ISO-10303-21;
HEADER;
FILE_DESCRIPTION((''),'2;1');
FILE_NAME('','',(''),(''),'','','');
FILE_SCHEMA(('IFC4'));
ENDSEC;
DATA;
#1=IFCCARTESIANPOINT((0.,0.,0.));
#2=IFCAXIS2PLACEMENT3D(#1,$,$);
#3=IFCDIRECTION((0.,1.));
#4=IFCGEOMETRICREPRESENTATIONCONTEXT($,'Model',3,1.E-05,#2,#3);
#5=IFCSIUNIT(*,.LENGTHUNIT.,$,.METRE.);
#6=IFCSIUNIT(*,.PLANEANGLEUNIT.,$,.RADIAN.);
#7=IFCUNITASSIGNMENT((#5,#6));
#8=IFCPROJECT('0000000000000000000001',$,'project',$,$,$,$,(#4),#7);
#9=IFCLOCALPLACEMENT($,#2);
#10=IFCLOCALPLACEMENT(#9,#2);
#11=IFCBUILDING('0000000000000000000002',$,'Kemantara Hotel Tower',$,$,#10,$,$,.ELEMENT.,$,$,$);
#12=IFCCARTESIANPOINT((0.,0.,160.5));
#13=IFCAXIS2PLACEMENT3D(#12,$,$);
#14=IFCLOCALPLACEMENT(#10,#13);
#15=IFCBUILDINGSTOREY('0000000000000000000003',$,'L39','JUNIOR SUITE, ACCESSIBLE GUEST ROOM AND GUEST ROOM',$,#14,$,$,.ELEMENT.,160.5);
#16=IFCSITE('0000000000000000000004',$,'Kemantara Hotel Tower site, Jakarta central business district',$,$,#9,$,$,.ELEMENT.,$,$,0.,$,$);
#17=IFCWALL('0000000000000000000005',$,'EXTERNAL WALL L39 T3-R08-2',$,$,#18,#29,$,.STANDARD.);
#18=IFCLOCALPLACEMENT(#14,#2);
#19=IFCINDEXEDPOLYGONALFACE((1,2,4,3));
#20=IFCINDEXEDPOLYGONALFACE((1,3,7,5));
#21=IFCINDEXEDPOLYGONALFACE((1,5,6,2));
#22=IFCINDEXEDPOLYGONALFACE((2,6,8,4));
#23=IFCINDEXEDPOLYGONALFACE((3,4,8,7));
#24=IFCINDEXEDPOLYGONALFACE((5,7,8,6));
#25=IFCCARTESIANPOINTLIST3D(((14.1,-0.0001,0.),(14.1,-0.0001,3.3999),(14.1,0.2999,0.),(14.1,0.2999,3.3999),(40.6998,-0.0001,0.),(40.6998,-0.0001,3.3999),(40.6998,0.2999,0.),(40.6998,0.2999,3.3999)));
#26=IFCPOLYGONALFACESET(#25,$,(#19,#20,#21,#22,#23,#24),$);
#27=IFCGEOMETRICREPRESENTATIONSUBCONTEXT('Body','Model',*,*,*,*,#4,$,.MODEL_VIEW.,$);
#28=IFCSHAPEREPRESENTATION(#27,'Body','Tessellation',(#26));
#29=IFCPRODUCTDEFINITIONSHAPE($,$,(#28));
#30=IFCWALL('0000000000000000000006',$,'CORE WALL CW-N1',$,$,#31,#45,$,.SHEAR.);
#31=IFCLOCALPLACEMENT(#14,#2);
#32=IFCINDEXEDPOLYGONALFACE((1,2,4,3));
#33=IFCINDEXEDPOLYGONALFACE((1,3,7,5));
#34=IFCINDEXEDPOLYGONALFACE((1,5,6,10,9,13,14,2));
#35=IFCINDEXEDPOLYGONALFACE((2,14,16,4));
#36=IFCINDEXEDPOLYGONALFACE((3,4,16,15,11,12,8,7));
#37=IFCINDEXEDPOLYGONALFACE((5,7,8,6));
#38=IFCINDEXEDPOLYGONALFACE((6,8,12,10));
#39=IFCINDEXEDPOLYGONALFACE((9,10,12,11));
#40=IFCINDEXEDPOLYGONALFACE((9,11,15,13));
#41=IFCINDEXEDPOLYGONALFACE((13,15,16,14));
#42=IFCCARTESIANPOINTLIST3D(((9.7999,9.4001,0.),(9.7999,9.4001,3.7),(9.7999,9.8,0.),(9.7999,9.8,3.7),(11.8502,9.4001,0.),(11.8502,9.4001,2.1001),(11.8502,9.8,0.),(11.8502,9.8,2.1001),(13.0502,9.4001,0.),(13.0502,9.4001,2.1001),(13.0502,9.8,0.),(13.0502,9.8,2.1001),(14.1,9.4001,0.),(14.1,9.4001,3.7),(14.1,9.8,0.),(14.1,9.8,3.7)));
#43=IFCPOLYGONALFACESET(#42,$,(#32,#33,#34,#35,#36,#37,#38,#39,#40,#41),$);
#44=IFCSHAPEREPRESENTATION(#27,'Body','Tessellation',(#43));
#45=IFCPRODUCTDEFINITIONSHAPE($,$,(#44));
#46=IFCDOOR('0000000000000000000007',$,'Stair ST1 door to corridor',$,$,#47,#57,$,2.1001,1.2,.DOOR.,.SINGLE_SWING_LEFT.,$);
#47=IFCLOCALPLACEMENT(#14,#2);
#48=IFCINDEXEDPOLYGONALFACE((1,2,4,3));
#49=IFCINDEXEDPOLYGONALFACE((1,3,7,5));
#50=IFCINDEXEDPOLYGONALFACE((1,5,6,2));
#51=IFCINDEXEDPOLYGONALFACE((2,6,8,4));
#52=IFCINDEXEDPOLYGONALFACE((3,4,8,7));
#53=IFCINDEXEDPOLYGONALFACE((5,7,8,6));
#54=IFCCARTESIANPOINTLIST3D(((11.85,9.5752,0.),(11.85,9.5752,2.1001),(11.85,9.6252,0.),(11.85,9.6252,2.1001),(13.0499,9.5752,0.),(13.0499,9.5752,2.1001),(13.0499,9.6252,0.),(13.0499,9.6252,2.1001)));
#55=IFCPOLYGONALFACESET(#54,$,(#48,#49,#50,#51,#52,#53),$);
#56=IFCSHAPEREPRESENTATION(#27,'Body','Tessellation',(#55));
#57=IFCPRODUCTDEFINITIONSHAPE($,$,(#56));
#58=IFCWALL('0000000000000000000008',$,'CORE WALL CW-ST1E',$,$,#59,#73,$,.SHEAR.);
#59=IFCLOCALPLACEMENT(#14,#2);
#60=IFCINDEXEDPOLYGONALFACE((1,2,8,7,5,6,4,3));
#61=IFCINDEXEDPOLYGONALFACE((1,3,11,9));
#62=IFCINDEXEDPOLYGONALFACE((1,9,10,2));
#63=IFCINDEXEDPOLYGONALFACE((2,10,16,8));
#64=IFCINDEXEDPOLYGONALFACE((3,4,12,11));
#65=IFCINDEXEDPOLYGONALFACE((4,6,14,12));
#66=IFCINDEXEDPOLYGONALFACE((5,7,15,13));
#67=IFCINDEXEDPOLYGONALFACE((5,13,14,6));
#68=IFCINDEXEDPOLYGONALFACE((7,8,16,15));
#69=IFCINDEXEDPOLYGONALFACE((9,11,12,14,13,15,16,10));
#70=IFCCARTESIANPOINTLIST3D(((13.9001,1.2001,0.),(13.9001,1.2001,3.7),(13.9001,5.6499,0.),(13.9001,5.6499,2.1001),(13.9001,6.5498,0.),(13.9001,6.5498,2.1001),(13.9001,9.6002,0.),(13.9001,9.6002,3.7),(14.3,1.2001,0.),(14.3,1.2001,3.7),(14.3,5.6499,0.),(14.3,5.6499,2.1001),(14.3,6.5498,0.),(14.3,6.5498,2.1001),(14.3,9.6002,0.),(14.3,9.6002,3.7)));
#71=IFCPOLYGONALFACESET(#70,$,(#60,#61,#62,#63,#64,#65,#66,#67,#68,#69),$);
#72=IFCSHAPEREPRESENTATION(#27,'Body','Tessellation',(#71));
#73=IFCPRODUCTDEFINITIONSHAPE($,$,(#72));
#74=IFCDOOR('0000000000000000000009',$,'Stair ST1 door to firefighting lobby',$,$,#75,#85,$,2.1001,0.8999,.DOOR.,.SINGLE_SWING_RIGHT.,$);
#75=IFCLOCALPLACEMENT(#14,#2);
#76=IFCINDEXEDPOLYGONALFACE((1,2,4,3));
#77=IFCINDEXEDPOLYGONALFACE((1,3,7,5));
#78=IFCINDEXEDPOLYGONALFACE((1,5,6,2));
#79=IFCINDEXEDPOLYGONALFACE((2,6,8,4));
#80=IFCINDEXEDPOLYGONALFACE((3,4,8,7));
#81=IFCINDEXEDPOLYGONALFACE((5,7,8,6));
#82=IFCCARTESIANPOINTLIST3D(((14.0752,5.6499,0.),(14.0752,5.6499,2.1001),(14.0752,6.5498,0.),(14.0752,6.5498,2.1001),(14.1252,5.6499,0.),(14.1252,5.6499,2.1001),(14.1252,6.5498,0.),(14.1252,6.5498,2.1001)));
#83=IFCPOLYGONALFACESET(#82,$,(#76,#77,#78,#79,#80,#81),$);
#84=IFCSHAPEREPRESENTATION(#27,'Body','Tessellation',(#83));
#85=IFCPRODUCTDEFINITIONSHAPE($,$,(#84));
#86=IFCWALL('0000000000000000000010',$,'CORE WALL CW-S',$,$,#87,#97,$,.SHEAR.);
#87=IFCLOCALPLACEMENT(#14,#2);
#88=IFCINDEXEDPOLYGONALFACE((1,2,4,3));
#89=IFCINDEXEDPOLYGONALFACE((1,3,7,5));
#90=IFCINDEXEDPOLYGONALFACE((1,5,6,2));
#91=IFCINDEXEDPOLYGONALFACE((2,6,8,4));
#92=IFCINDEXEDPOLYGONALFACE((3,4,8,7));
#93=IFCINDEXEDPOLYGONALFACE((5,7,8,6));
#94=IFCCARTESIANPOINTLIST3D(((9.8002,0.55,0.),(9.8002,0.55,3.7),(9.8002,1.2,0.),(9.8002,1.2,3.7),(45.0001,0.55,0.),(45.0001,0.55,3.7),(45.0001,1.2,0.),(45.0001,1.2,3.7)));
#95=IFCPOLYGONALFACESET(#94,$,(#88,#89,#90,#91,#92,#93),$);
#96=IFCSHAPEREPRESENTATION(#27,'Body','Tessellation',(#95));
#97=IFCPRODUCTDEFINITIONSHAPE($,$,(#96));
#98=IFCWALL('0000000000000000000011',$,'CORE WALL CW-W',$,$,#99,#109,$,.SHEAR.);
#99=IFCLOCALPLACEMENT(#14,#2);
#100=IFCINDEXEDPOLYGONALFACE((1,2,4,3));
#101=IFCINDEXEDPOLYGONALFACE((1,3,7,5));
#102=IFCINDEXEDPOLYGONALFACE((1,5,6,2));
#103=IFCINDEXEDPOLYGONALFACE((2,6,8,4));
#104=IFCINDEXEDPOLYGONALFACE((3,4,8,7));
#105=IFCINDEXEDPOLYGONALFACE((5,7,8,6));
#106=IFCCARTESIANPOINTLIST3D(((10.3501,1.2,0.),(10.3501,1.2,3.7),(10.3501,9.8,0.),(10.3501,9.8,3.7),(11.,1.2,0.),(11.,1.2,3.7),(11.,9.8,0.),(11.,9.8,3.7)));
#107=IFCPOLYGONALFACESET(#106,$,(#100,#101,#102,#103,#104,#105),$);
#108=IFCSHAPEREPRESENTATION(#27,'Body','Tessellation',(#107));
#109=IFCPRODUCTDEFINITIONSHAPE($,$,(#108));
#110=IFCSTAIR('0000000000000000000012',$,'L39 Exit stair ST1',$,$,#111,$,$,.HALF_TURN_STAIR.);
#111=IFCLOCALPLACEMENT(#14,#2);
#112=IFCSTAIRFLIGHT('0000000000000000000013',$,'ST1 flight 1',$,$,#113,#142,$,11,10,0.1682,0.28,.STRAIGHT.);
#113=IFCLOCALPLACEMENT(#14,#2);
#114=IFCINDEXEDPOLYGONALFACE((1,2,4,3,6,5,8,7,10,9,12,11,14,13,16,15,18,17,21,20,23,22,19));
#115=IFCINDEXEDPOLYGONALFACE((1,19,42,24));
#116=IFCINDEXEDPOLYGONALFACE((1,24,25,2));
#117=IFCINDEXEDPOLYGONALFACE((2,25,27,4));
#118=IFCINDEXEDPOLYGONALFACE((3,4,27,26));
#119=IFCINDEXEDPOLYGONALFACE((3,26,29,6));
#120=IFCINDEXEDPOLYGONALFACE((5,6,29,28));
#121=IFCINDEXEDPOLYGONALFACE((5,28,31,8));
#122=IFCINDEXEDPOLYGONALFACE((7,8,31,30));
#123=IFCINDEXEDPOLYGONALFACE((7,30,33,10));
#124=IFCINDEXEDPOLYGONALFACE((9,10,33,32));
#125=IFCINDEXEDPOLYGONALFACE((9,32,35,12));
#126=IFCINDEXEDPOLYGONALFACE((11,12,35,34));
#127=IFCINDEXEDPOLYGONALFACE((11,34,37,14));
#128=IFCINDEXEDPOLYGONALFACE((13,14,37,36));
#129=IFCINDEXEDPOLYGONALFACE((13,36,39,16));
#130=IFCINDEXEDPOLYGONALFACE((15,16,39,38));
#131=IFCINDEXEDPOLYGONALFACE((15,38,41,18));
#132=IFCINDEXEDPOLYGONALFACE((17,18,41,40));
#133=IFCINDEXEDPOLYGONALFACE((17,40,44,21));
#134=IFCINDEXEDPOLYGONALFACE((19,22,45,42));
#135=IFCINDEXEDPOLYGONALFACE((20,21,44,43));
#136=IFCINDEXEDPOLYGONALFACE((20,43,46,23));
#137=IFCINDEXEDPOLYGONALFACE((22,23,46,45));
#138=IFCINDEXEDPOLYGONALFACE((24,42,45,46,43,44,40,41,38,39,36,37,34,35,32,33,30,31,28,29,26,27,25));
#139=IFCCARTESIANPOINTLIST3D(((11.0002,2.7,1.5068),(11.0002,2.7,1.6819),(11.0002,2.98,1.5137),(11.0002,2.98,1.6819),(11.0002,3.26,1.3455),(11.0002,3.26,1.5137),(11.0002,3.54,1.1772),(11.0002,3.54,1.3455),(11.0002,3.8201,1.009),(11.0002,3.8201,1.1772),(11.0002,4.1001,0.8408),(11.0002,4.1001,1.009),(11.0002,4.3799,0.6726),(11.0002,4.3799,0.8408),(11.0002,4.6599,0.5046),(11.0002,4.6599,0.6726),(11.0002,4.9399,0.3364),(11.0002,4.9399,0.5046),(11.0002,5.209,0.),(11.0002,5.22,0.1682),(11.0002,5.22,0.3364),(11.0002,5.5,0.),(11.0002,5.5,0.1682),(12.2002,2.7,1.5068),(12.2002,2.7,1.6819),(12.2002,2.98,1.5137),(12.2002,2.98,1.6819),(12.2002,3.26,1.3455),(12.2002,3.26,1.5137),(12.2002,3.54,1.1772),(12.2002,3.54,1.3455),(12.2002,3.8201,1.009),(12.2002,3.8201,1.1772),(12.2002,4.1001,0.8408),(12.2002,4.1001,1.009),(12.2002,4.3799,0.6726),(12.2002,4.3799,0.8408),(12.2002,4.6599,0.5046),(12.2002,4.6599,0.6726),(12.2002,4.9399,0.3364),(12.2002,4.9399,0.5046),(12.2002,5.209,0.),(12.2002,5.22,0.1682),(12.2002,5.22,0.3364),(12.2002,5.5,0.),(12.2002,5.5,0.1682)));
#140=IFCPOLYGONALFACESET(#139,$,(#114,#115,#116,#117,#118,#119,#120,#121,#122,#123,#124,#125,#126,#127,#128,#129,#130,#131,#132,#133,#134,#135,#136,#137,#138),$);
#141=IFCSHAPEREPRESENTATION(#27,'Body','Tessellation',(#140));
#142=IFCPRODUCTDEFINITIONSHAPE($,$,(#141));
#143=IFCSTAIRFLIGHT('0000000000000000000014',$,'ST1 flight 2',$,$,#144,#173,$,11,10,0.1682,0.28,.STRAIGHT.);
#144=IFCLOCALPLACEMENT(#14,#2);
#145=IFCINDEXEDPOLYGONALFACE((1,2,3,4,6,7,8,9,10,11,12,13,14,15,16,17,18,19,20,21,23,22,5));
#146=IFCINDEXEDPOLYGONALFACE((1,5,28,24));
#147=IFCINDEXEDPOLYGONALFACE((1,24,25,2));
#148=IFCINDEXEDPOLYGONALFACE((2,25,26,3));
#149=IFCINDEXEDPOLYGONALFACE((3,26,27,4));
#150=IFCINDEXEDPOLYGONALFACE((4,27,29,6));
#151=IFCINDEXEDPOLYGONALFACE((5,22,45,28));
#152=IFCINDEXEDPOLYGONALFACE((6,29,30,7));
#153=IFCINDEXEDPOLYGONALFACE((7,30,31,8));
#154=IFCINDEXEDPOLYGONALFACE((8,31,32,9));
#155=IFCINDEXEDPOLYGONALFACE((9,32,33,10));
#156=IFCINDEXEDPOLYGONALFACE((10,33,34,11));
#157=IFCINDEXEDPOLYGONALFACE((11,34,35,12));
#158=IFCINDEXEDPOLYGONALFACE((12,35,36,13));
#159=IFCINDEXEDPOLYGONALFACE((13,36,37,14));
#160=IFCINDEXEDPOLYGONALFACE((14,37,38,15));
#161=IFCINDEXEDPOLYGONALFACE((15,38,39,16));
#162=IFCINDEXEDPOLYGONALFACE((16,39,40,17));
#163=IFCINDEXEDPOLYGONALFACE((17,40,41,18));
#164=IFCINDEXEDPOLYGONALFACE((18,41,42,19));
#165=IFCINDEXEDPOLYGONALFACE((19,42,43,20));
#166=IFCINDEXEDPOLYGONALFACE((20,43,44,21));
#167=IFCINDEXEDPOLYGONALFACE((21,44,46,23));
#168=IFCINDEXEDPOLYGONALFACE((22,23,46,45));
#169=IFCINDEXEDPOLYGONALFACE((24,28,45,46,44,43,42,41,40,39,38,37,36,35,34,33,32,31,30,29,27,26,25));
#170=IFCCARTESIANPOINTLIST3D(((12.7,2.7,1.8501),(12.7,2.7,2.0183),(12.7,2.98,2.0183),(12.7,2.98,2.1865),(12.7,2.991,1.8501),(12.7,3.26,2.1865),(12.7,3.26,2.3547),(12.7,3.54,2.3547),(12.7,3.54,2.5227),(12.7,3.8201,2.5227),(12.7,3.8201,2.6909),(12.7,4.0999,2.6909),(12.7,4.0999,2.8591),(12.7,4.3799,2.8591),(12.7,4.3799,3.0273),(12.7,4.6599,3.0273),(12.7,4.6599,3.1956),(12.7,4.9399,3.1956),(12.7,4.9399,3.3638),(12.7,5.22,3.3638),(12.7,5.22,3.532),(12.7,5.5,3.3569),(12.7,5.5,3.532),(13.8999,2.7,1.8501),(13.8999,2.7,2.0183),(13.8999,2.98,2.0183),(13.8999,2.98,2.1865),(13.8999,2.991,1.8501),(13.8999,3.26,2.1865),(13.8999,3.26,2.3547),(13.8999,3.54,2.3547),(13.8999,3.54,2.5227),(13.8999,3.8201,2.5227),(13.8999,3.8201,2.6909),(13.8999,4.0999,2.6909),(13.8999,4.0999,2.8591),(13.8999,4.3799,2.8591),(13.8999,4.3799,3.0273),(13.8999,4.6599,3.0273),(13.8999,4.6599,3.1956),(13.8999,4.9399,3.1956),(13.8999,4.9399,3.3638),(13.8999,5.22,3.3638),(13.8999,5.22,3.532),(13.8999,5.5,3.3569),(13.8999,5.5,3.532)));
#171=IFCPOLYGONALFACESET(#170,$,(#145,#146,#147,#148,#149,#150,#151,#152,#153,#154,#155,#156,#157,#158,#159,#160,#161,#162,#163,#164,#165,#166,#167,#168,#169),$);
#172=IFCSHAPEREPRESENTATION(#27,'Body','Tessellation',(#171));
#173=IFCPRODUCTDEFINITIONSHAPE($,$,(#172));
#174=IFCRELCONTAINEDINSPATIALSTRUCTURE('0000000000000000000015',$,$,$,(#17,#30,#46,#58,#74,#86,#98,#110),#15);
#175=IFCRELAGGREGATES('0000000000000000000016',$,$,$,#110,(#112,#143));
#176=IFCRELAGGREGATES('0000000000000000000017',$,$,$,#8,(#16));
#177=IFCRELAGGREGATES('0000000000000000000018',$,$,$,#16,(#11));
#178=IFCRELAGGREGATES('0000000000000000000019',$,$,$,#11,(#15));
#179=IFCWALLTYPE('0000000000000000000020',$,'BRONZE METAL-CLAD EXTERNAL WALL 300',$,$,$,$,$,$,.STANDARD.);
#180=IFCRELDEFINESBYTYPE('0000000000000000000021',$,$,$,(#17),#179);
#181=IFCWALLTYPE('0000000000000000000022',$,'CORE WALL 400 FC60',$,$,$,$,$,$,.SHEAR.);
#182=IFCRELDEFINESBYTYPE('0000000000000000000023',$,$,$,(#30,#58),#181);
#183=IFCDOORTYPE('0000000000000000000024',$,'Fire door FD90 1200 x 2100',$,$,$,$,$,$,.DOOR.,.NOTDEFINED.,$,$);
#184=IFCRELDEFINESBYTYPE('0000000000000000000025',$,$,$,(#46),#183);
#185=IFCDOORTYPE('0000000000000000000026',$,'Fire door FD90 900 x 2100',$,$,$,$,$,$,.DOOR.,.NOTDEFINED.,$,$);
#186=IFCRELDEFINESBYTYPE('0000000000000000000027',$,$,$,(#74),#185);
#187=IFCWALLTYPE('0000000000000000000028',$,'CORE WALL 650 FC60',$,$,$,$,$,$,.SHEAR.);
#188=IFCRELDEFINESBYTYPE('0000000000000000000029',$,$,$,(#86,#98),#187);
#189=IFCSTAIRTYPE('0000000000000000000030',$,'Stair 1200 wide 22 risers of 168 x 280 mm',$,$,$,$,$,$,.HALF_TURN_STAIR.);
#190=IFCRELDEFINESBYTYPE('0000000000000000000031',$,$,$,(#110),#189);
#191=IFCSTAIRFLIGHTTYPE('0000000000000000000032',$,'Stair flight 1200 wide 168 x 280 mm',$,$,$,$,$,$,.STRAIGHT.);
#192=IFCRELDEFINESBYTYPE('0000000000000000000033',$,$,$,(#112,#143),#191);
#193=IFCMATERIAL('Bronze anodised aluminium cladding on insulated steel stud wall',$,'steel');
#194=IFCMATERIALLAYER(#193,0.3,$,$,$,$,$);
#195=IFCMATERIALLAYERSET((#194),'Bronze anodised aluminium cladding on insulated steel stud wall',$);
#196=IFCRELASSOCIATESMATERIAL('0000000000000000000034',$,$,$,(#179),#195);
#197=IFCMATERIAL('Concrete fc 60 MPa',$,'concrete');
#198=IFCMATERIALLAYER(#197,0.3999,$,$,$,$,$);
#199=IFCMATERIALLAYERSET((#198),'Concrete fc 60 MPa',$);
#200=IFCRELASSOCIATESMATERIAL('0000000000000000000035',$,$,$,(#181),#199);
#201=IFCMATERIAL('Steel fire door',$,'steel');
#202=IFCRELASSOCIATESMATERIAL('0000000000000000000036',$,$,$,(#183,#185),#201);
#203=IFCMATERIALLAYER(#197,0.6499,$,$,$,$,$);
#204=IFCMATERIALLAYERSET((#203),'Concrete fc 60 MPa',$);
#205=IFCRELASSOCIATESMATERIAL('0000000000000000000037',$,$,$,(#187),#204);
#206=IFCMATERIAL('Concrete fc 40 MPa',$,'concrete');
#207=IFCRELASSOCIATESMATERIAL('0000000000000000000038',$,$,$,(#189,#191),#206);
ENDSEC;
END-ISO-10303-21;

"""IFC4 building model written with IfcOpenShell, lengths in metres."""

from ifc_helpers import new_model, si_unit, direction, frame, frame_2d, origin, place, context, subcontext, project, spatial, polyline, rectangle, outline, extrude, material, layer, layer_set, type_object, element, fill, aggregate, save


model = new_model("IFC4")

# Units and contexts
model_context = context("Model", 3, precision=1e-05, world=origin(), true_north=direction((0.0, 1.0)))
body_context = subcontext(model_context, "Body", "Model", "MODEL_VIEW")
ifc_project = project(units=[si_unit("LENGTHUNIT", "METRE"), si_unit("PLANEANGLEUNIT", "RADIAN")], contexts=[model_context])

# Site, building, storey
site_placement = place(None, origin())
site = spatial("IfcSite", under=ifc_project, at=site_placement, Name="Kemantara Hotel Tower site, Jakarta central business district", CompositionType="ELEMENT", RefElevation=0.0)
building_placement = place(site_placement, origin())
building = spatial("IfcBuilding", under=site, at=building_placement, Name="Kemantara Hotel Tower", CompositionType="ELEMENT")
storey_placement = place(building_placement, frame((0.0, 0.0, 160.5)))
storey = spatial("IfcBuildingStorey", under=building, at=storey_placement, Name="L39", Description="JUNIOR SUITE, ACCESSIBLE GUEST ROOM AND GUEST ROOM", CompositionType="ELEMENT", Elevation=160.5)

# Wall
ifc_material_1 = material(Name="Bronze anodised aluminium cladding on insulated steel stud wall", Category="steel")
ifc_layer_1 = layer(ifc_material_1, 0.3)
ifc_layer_set_1 = layer_set([ifc_layer_1], Name="Bronze anodised aluminium cladding on insulated steel stud wall")
wall_type_1 = type_object("IfcWallType", Name="BRONZE METAL-CLAD EXTERNAL WALL 300", PredefinedType="STANDARD", material=ifc_layer_set_1)
wall_1_placement = place(storey_placement, frame((14.1001, 0.1499, 0.0), z_axis=(0.0, 0.0, 1.0), x_axis=(1.0, 0.0, 0.0)))
element("IfcWall", 1, at=wall_1_placement, inside=storey, type_object=wall_type_1, Name="EXTERNAL WALL L39 T3-R08-2", PredefinedType="STANDARD", context=body_context, shape_type="SweptSolid", body=[
    extrude(rectangle(XDim=26.5999, YDim=0.3, at=frame_2d((13.2998, 0.0))), origin(), (0.0, 0.0, 1.0), 3.3999),
])

# Walls, openings, doors
ifc_material_2 = material(Name="Concrete fc 60 MPa", Category="concrete")
ifc_layer_2 = layer(ifc_material_2, 0.3999)
ifc_layer_set_2 = layer_set([ifc_layer_2], Name="Concrete fc 60 MPa")
wall_type_2 = type_object("IfcWallType", Name="CORE WALL 400 FC60", PredefinedType="SHEAR", material=ifc_layer_set_2)
wall_2_placement = place(storey_placement, frame((9.8, 9.6001, 0.0), z_axis=(0.0, 0.0, 1.0), x_axis=(1.0, 0.0, 0.0)))
wall_2 = element("IfcWall", 2, at=wall_2_placement, inside=storey, type_object=wall_type_2, Name="CORE WALL CW-N1", PredefinedType="SHEAR", context=body_context, shape_type="SweptSolid", body=[
    extrude(rectangle(XDim=4.3, YDim=0.3999, at=frame_2d((2.1499, 0.0))), origin(), (0.0, 0.0, 1.0), 3.7),
])
opening_1_placement = place(wall_2_placement, frame((2.05, 0.0, 0.0)))
opening_1 = element("IfcOpeningElement", 3, at=opening_1_placement, cuts=wall_2, PredefinedType="OPENING", context=body_context, shape_type="SweptSolid", body=[
    extrude(rectangle(XDim=1.2, YDim=2.1001, at=frame_2d((0.6001, 1.05))), frame((0.0, 0.21, 0.0), z_axis=(0.0, -1.0, 0.0), x_axis=(1.0, 0.0, 0.0)), (0.0, 0.0, 1.0), 0.4199),
])
ifc_material_3 = material(Name="Steel fire door", Category="steel")
door_type_1 = type_object("IfcDoorType", Name="Fire door FD90 1200 x 2100", OperationType="NOTDEFINED", PredefinedType="DOOR", material=ifc_material_3)
door_1_placement = place(opening_1_placement, frame((1.2, 0.0, 0.0), z_axis=(0.0, 0.0, 1.0), x_axis=(-1.0, 0.0, 0.0)))
door_1 = element("IfcDoor", 4, at=door_1_placement, inside=storey, type_object=door_type_1, Name="Stair ST1 door to corridor", OperationType="SINGLE_SWING_LEFT", OverallHeight=2.1001, OverallWidth=1.2, PredefinedType="DOOR", context=body_context, shape_type="SweptSolid", body=[
    extrude(rectangle(XDim=1.2, YDim=2.1001, at=frame_2d((0.6001, 1.05))), frame((0.0, 0.0249, 0.0), z_axis=(0.0, -1.0, 0.0), x_axis=(1.0, 0.0, 0.0)), (0.0, 0.0, 1.0), 0.05),
])
fill(opening_1, door_1)
wall_3_placement = place(storey_placement, frame((14.1001, 1.2, 0.0), z_axis=(0.0, 0.0, 1.0), x_axis=(0.0, 1.0, 0.0)))
wall_3 = element("IfcWall", 5, at=wall_3_placement, inside=storey, type_object=wall_type_2, Name="CORE WALL CW-ST1E", PredefinedType="SHEAR", context=body_context, shape_type="SweptSolid", body=[
    extrude(rectangle(XDim=8.4001, YDim=0.3999, at=frame_2d((4.2002, 0.0))), origin(), (0.0, 0.0, 1.0), 3.7),
])
opening_2_placement = place(wall_3_placement, frame((4.45, 0.0, 0.0)))
opening_2 = element("IfcOpeningElement", 6, at=opening_2_placement, cuts=wall_3, PredefinedType="OPENING", context=body_context, shape_type="SweptSolid", body=[
    extrude(rectangle(XDim=0.8999, YDim=2.1001, at=frame_2d((0.45, 1.05))), frame((0.0, 0.21, 0.0), z_axis=(0.0, -1.0, 0.0), x_axis=(1.0, 0.0, 0.0)), (0.0, 0.0, 1.0), 0.4199),
])
door_type_2 = type_object("IfcDoorType", Name="Fire door FD90 900 x 2100", OperationType="NOTDEFINED", PredefinedType="DOOR", material=ifc_material_3)
door_2_placement = place(opening_2_placement, origin())
door_2 = element("IfcDoor", 7, at=door_2_placement, inside=storey, type_object=door_type_2, Name="Stair ST1 door to firefighting lobby", OperationType="SINGLE_SWING_RIGHT", OverallHeight=2.1001, OverallWidth=0.8999, PredefinedType="DOOR", context=body_context, shape_type="SweptSolid", body=[
    extrude(rectangle(XDim=0.8999, YDim=2.1001, at=frame_2d((0.45, 1.05))), frame((0.0, 0.0249, 0.0), z_axis=(0.0, -1.0, 0.0), x_axis=(1.0, 0.0, 0.0)), (0.0, 0.0, 1.0), 0.05),
])
fill(opening_2, door_2)

# Walls
ifc_layer_3 = layer(ifc_material_2, 0.6499)
ifc_layer_set_3 = layer_set([ifc_layer_3], Name="Concrete fc 60 MPa")
wall_type_3 = type_object("IfcWallType", Name="CORE WALL 650 FC60", PredefinedType="SHEAR", material=ifc_layer_set_3)
wall_4_placement = place(storey_placement, frame((9.8, 0.875, 0.0), z_axis=(0.0, 0.0, 1.0), x_axis=(1.0, 0.0, 0.0)))
element("IfcWall", 8, at=wall_4_placement, inside=storey, type_object=wall_type_3, Name="CORE WALL CW-S", PredefinedType="SHEAR", context=body_context, shape_type="SweptSolid", body=[
    extrude(rectangle(XDim=35.2, YDim=0.6499, at=frame_2d((17.6001, 0.0))), origin(), (0.0, 0.0, 1.0), 3.7),
])
wall_5_placement = place(storey_placement, frame((10.675, 1.2, 0.0), z_axis=(0.0, 0.0, 1.0), x_axis=(0.0, 1.0, 0.0)))
element("IfcWall", 9, at=wall_5_placement, inside=storey, type_object=wall_type_3, Name="CORE WALL CW-W", PredefinedType="SHEAR", context=body_context, shape_type="SweptSolid", body=[
    extrude(rectangle(XDim=8.6001, YDim=0.6499, at=frame_2d((4.3, 0.0))), origin(), (0.0, 0.0, 1.0), 3.7),
])

# Stair, stair flights
ifc_material_4 = material(Name="Concrete fc 40 MPa", Category="concrete")
stair_type = type_object("IfcStairType", Name="Stair 1200 wide 22 risers of 168 x 280 mm", PredefinedType="HALF_TURN_STAIR", material=ifc_material_4)
stair_placement = place(storey_placement, origin())
stair = element("IfcStair", 10, at=stair_placement, inside=storey, type_object=stair_type, Name="L39 Exit stair ST1", PredefinedType="HALF_TURN_STAIR")
stair_flight_type = type_object("IfcStairFlightType", Name="Stair flight 1200 wide 168 x 280 mm", PredefinedType="STRAIGHT", material=ifc_material_4)
stair_flight_1_placement = place(storey_placement, frame((11.6001, 5.5, 0.0), z_axis=(0.0, 0.0, 1.0), x_axis=(0.0, -1.0, 0.0)))
stair_flight_1 = element("IfcStairFlight", 11, at=stair_flight_1_placement, type_object=stair_flight_type, Name="ST1 flight 1", NumberOfRisers=11, NumberOfTreads=10, PredefinedType="STRAIGHT", RiserHeight=0.1682, TreadLength=0.28, context=body_context, shape_type="SweptSolid", body=[
    extrude(outline(polyline([(0.0, 0.0), (0.0, 0.1682), (0.28, 0.1682), (0.28, 0.3364), (0.5601, 0.3364), (0.5601, 0.5046), (0.8401, 0.5046), (0.8401, 0.6726), (1.1201, 0.6726), (1.1201, 0.8408), (1.3999, 0.8408), (1.3999, 1.009), (1.6799, 1.009), (1.6799, 1.1772), (1.96, 1.1772), (1.96, 1.3455), (2.24, 1.3455), (2.24, 1.5137), (2.52, 1.5137), (2.52, 1.6819), (2.8, 1.6819), (2.8, 1.8501), (2.8, 1.5068), (0.291, 0.0), (0.0, 0.0)])), frame((0.0, 0.6001, 0.0), z_axis=(0.0, -1.0, 0.0), x_axis=(1.0, 0.0, 0.0)), (0.0, 0.0, 1.0), 1.2),
])
stair_flight_2_placement = place(storey_placement, frame((13.3, 2.7, 1.8501), z_axis=(0.0, 0.0, 1.0), x_axis=(0.0, 1.0, 0.0)))
stair_flight_2 = element("IfcStairFlight", 12, at=stair_flight_2_placement, type_object=stair_flight_type, Name="ST1 flight 2", NumberOfRisers=11, NumberOfTreads=10, PredefinedType="STRAIGHT", RiserHeight=0.1682, TreadLength=0.28, context=body_context, shape_type="SweptSolid", body=[
    extrude(outline(polyline([(0.0, 0.0), (0.0, 0.1682), (0.28, 0.1682), (0.28, 0.3364), (0.5601, 0.3364), (0.5601, 0.5046), (0.8401, 0.5046), (0.8401, 0.6726), (1.1201, 0.6726), (1.1201, 0.8408), (1.3999, 0.8408), (1.3999, 1.009), (1.6799, 1.009), (1.6799, 1.1772), (1.96, 1.1772), (1.96, 1.3455), (2.24, 1.3455), (2.24, 1.5137), (2.52, 1.5137), (2.52, 1.6819), (2.8, 1.6819), (2.8, 1.8501), (2.8, 1.5068), (0.291, 0.0), (0.0, 0.0)])), frame((0.0, 0.6001, 0.0), z_axis=(0.0, -1.0, 0.0), x_axis=(1.0, 0.0, 0.0)), (0.0, 0.0, 1.0), 1.2),
])
aggregate(stair, [stair_flight_1, stair_flight_2])

save(model, "model.ifc")
